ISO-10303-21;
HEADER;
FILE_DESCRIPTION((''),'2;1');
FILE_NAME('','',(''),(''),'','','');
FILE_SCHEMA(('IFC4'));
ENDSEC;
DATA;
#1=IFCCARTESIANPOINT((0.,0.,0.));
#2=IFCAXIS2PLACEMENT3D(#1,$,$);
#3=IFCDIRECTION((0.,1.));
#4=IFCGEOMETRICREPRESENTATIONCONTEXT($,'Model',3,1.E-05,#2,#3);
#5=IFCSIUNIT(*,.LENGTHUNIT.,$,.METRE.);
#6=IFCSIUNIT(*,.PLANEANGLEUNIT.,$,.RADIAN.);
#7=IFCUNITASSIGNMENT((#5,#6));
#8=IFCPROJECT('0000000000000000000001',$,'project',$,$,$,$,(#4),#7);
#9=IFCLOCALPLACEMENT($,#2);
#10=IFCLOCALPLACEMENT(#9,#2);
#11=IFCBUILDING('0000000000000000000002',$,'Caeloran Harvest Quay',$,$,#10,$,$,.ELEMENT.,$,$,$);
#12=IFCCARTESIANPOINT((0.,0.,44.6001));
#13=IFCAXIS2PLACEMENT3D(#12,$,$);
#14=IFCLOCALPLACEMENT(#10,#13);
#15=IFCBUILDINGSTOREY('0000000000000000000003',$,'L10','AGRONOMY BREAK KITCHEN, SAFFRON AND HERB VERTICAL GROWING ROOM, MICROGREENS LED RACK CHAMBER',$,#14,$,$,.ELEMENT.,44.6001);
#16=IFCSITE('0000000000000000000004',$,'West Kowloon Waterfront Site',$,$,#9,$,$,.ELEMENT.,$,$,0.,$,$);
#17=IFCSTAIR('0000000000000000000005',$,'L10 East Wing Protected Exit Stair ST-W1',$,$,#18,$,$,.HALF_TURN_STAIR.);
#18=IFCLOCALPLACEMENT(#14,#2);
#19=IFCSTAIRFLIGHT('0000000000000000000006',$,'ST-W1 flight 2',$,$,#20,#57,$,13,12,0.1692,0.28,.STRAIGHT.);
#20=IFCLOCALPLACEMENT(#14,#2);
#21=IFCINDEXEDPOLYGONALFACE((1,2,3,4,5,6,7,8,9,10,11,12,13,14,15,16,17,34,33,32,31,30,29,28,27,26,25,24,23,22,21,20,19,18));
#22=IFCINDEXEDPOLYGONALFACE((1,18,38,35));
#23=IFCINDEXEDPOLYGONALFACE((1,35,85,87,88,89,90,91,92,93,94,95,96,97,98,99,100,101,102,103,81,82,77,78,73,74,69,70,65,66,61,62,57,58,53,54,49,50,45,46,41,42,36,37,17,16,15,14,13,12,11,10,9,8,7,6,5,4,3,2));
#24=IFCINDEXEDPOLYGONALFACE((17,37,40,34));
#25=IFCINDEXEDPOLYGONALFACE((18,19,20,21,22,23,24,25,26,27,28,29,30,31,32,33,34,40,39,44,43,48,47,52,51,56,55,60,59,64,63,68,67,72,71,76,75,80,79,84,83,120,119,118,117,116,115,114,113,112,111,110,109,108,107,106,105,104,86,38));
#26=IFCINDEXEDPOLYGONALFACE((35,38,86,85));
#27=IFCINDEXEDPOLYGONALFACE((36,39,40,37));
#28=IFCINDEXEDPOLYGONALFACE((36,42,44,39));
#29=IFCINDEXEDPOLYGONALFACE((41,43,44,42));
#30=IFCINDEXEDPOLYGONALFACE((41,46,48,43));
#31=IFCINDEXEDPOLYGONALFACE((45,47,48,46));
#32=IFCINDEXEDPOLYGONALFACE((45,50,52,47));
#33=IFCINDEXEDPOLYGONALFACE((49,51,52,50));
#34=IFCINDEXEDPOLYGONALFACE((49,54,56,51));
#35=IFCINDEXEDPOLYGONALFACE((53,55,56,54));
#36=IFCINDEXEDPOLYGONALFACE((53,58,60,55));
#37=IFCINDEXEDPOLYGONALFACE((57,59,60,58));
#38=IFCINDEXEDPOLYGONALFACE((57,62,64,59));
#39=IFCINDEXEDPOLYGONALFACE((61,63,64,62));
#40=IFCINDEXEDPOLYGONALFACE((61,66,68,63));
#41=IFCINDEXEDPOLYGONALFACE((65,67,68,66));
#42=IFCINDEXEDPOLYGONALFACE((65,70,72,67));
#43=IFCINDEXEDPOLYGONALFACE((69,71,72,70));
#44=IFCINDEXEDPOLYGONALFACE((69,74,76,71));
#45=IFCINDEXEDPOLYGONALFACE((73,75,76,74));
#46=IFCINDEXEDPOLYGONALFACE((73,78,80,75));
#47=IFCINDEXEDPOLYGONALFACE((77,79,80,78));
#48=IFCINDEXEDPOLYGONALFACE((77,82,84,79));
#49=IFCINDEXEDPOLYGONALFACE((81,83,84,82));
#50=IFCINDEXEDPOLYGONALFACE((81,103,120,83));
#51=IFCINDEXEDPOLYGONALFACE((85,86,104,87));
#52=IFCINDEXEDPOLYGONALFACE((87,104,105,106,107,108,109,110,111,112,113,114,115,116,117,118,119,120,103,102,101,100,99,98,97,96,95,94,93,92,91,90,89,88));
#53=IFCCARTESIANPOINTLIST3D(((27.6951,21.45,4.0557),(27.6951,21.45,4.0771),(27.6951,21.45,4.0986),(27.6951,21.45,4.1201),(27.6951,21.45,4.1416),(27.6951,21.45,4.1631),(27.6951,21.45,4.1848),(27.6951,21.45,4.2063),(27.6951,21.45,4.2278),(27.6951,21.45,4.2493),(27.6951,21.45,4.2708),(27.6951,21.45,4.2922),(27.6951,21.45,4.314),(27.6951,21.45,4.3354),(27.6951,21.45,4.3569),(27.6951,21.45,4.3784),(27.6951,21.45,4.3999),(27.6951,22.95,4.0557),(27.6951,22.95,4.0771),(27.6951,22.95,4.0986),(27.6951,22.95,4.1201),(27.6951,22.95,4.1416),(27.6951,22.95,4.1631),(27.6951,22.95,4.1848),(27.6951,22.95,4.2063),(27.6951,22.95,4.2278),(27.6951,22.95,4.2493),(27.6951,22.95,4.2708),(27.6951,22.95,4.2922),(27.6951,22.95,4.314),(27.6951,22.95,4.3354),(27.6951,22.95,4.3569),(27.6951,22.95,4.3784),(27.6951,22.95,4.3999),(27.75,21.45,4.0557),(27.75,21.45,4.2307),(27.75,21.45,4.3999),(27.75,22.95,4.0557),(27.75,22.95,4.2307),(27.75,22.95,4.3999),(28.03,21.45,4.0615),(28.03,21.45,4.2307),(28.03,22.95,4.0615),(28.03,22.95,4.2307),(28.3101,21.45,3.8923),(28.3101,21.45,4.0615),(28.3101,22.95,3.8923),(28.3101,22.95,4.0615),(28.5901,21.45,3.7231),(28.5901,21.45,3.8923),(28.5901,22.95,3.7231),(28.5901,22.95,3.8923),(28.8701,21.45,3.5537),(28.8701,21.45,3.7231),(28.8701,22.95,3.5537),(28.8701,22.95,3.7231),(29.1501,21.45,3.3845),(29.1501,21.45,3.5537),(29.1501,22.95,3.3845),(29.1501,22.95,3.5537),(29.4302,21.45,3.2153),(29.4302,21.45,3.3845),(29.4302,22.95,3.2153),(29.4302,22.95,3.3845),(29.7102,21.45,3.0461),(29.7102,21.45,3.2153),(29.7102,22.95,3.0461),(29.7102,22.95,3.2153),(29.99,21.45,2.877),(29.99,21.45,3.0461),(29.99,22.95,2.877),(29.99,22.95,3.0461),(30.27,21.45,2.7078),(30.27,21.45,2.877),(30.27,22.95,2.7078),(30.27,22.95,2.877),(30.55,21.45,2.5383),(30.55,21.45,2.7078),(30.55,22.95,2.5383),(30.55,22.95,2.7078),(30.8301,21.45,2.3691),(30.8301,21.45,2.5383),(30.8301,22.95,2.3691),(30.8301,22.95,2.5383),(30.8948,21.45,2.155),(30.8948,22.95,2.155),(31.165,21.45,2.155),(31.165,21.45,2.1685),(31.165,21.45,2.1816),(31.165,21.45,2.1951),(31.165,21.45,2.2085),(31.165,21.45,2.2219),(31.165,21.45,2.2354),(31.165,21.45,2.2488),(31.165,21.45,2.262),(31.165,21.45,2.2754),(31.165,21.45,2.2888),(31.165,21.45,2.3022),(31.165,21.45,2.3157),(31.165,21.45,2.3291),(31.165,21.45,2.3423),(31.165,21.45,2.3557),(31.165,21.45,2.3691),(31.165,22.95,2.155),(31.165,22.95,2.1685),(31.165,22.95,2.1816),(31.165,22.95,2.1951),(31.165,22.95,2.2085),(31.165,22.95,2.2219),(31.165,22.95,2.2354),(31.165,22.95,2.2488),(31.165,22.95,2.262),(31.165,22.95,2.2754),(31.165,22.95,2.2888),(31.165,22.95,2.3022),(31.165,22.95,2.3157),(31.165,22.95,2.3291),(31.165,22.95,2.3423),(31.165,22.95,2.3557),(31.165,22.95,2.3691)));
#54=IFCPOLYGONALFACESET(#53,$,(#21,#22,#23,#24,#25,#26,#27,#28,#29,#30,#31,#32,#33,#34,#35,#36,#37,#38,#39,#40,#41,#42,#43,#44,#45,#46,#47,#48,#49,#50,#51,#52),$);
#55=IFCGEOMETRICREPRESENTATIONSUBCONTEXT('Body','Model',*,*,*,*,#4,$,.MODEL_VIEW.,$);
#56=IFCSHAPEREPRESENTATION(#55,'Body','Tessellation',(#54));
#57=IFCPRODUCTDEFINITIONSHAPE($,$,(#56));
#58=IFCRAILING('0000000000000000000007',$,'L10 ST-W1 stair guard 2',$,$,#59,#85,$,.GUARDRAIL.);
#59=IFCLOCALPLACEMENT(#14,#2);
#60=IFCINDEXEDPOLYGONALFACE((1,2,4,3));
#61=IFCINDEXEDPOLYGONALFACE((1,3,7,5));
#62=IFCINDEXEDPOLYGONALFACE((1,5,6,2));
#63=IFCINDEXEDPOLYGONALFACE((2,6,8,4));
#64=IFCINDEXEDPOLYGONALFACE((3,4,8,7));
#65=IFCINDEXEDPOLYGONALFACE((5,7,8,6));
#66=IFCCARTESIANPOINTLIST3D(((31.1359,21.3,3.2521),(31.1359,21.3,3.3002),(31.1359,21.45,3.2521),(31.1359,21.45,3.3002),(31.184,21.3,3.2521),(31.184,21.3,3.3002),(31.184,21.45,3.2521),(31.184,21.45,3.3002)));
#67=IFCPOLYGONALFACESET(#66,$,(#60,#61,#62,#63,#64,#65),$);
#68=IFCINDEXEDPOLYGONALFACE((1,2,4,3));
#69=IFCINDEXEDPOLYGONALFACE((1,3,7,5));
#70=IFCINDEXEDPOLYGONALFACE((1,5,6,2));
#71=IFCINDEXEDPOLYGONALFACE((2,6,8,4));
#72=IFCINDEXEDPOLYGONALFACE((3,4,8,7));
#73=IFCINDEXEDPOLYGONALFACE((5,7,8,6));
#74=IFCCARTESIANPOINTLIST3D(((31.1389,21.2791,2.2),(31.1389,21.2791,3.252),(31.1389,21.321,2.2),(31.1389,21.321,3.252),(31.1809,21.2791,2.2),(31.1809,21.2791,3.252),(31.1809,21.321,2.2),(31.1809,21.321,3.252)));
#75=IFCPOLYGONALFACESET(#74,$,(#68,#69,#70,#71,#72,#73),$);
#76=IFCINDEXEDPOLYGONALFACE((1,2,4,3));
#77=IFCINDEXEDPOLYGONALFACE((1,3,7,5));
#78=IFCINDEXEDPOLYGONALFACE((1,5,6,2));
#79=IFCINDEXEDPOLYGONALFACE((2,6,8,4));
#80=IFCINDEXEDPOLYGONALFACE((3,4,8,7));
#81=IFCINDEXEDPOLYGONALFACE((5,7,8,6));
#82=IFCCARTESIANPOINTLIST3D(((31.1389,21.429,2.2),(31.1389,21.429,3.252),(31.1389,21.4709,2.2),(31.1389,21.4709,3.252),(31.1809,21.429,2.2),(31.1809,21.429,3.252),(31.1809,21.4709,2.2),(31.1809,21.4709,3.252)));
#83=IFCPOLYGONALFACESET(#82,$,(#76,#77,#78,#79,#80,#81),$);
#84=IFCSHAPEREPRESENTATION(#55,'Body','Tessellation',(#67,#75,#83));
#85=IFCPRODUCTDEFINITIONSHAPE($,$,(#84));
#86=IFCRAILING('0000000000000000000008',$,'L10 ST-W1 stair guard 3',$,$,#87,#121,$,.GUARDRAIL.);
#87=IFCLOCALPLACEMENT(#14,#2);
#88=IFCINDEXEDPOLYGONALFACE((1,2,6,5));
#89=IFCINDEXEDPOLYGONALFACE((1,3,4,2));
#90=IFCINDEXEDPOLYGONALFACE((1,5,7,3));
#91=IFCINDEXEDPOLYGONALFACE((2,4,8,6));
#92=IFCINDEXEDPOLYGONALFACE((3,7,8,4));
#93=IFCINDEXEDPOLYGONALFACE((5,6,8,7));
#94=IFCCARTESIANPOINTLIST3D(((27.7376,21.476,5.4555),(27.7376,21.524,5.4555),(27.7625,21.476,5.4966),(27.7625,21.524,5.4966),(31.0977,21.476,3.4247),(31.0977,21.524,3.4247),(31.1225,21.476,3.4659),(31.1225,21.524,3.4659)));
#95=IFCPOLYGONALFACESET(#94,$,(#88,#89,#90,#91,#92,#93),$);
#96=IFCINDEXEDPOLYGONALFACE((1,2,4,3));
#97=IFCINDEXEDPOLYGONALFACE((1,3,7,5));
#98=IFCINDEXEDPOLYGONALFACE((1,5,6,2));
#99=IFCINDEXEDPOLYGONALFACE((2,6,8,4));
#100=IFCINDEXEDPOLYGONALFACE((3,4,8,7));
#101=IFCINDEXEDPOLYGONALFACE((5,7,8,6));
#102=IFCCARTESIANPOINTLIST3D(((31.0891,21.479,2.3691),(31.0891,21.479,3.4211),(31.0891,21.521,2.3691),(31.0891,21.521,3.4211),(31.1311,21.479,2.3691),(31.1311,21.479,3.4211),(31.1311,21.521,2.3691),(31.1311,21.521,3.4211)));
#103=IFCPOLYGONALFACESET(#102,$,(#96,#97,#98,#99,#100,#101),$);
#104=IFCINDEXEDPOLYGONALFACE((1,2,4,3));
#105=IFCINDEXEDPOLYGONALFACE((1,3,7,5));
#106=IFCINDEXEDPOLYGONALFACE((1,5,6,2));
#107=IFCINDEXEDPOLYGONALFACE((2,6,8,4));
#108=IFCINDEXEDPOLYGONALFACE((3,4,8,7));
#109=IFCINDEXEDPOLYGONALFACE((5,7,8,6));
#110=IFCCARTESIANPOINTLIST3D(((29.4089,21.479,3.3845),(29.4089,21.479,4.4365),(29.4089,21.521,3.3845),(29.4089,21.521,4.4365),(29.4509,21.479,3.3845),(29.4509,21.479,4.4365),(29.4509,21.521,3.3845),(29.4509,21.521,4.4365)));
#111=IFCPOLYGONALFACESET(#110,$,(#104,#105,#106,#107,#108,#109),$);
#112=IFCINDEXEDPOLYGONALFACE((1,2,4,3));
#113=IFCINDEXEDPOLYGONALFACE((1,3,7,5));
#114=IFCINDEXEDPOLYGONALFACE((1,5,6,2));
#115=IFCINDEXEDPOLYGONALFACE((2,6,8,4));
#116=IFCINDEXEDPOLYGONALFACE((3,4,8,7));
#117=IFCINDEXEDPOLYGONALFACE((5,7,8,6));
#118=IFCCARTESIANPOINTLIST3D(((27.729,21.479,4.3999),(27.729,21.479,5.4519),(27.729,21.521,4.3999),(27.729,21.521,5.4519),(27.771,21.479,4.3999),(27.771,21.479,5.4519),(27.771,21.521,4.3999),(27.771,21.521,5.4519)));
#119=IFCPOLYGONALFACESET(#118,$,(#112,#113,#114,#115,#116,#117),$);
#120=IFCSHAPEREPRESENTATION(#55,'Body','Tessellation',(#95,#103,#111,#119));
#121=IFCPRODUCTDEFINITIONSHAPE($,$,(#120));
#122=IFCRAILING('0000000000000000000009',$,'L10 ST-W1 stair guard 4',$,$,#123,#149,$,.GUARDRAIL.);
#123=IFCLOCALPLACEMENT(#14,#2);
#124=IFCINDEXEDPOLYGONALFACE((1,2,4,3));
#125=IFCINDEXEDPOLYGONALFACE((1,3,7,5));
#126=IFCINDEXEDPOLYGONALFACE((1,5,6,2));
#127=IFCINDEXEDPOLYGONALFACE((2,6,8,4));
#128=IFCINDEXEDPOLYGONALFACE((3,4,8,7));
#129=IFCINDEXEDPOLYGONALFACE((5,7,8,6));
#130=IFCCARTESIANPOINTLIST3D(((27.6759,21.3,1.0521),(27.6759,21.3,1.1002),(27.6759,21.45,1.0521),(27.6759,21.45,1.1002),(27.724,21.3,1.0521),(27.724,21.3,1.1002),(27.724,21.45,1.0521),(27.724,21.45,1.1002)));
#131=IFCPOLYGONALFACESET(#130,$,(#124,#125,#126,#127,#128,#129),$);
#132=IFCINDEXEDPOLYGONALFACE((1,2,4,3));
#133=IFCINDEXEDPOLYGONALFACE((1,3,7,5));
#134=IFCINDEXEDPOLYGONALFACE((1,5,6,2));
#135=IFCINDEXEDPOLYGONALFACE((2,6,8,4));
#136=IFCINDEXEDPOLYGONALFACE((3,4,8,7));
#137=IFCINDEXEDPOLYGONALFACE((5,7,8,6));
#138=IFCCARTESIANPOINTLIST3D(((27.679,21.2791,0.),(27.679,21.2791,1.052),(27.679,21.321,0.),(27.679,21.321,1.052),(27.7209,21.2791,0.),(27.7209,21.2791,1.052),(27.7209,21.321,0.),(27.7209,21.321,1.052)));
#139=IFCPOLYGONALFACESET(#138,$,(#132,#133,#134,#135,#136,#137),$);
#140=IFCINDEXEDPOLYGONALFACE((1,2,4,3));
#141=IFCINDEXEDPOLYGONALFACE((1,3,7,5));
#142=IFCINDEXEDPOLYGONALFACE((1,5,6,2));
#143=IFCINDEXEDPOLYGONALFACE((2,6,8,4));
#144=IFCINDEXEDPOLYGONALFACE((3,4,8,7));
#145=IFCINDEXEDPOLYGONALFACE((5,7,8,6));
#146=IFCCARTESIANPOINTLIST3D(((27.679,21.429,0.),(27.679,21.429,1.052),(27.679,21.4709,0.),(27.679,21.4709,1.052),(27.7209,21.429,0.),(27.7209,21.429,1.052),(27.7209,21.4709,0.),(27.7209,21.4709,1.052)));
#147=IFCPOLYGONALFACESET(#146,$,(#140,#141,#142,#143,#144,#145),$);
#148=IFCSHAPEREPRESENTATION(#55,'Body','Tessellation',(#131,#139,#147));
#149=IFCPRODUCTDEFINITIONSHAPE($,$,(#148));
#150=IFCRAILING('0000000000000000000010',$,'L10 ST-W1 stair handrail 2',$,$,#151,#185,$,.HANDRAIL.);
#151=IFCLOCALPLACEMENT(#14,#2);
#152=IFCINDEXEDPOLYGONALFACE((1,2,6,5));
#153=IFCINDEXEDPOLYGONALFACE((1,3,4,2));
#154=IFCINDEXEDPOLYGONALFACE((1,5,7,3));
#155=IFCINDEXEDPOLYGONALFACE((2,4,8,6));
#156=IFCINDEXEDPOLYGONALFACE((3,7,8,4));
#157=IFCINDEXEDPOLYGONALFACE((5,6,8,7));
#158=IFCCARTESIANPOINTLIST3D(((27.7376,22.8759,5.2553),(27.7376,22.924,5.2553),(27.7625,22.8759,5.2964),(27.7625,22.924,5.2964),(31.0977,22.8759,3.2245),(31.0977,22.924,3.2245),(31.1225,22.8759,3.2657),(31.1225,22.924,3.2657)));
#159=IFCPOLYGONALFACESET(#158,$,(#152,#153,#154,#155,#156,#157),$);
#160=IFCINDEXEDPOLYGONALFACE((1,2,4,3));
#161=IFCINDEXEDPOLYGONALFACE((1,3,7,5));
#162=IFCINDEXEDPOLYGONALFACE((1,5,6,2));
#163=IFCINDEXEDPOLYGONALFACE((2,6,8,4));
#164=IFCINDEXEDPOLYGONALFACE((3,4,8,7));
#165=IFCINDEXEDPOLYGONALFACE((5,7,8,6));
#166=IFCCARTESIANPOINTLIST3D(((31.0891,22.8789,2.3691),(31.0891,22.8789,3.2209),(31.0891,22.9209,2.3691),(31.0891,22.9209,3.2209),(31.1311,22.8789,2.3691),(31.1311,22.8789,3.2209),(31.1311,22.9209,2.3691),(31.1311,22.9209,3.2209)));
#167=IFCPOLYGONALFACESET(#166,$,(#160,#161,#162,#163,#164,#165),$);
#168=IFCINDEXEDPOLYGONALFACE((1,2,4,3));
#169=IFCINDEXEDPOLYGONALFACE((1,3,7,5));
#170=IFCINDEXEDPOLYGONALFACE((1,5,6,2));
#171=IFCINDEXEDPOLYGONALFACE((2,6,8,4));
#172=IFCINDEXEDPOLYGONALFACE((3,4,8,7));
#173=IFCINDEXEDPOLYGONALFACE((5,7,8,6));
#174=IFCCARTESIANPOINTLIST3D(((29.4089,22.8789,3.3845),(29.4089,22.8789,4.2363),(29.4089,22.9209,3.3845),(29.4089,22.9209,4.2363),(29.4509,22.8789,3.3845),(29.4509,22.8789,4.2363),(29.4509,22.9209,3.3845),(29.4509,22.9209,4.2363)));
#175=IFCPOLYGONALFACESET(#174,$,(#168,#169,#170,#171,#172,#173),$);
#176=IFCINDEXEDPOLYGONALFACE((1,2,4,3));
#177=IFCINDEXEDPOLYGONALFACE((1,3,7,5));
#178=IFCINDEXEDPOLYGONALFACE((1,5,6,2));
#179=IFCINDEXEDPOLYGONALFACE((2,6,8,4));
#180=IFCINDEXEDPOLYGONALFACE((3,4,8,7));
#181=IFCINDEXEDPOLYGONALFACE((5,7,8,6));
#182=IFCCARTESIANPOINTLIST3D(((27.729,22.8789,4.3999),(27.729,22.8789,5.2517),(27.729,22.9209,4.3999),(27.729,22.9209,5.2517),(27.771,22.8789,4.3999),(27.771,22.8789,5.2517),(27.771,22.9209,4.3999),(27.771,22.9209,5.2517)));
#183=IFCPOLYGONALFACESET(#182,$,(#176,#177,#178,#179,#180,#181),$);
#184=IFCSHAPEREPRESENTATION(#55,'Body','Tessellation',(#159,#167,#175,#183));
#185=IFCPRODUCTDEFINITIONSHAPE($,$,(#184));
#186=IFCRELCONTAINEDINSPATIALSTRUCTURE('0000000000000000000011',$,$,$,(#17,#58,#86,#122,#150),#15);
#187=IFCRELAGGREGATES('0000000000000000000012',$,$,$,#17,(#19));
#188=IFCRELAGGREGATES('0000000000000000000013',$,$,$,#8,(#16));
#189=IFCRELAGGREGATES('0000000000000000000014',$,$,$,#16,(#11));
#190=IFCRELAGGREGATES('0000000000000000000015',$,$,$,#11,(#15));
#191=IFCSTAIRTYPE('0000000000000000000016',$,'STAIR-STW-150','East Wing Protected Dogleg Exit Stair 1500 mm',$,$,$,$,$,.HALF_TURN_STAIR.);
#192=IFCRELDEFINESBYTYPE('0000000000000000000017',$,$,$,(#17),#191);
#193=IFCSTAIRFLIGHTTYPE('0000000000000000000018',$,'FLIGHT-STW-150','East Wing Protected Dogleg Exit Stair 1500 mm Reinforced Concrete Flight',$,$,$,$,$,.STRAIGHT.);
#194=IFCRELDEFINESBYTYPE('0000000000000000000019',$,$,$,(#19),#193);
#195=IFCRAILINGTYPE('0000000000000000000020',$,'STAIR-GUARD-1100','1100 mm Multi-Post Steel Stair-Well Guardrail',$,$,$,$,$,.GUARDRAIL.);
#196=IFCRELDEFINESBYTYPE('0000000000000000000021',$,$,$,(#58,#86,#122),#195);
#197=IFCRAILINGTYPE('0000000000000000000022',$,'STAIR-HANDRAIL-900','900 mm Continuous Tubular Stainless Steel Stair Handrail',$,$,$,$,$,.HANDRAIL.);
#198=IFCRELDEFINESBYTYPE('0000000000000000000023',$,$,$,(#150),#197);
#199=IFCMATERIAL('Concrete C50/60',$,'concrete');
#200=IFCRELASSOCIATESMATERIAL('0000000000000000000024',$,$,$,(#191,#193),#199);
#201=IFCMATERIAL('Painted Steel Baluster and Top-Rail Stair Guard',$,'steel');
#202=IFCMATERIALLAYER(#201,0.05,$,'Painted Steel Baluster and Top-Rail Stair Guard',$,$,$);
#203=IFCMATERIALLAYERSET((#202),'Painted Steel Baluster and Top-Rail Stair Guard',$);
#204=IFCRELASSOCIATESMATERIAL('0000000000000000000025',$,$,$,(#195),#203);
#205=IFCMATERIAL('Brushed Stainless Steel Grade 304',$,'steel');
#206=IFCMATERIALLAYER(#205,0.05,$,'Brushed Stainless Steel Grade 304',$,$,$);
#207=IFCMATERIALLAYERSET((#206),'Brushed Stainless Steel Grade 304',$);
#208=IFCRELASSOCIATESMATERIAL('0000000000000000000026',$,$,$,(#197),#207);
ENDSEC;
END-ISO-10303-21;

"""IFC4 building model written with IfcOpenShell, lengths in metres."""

from ifc_helpers import new_model, si_unit, direction, frame, origin, origin_2d, place, context, subcontext, project, spatial, polyline, rectangle, outline, extrude, material, layer, layer_set, type_object, element, aggregate, save


model = new_model("IFC4")

# Units and contexts
model_context = context("Model", 3, precision=1e-05, world=origin(), true_north=direction((0.0, 1.0)))
body_context = subcontext(model_context, "Body", "Model", "MODEL_VIEW")
ifc_project = project(units=[si_unit("LENGTHUNIT", "METRE"), si_unit("PLANEANGLEUNIT", "RADIAN")], contexts=[model_context])

# Site, building, storey
site_placement = place(None, origin())
site = spatial("IfcSite", under=ifc_project, at=site_placement, Name="West Kowloon Waterfront Site", CompositionType="ELEMENT", RefElevation=0.0)
building_placement = place(site_placement, origin())
building = spatial("IfcBuilding", under=site, at=building_placement, Name="Caeloran Harvest Quay", CompositionType="ELEMENT")
storey_placement = place(building_placement, frame((0.0, 0.0, 44.6001)))
storey = spatial("IfcBuildingStorey", under=building, at=storey_placement, Name="L10", Description="AGRONOMY BREAK KITCHEN, SAFFRON AND HERB VERTICAL GROWING ROOM, MICROGREENS LED RACK CHAMBER", CompositionType="ELEMENT", Elevation=44.6001)

# Stair, stair flight
ifc_material_1 = material(Name="Concrete C50/60", Category="concrete")
stair_type = type_object("IfcStairType", Name="STAIR-STW-150", Description="East Wing Protected Dogleg Exit Stair 1500 mm", PredefinedType="HALF_TURN_STAIR", material=ifc_material_1)
stair_placement = place(storey_placement, origin())
stair = element("IfcStair", 1, at=stair_placement, inside=storey, type_object=stair_type, Name="L10 East Wing Protected Exit Stair ST-W1", PredefinedType="HALF_TURN_STAIR")
stair_flight_type = type_object("IfcStairFlightType", Name="FLIGHT-STW-150", Description="East Wing Protected Dogleg Exit Stair 1500 mm Reinforced Concrete Flight", PredefinedType="STRAIGHT", material=ifc_material_1)
stair_flight_placement = place(storey_placement, frame((31.1101, 22.2, 2.2), z_axis=(0.0, 0.0, 1.0), x_axis=(-1.0, 0.0, 0.0)))
stair_flight = element("IfcStairFlight", 2, at=stair_flight_placement, type_object=stair_flight_type, Name="ST-W1 flight 2", NumberOfRisers=13, NumberOfTreads=12, PredefinedType="STRAIGHT", RiserHeight=0.1692, TreadLength=0.28, context=body_context, shape_type="SweptSolid", body=[
    extrude(outline(polyline([(-0.0549, -0.0449), (-0.0549, -0.0315), (-0.0549, -0.0183), (-0.0549, -0.0049), (-0.0549, 0.0085), (-0.0549, 0.022), (-0.0549, 0.0354), (-0.0549, 0.0488), (-0.0549, 0.062), (-0.0549, 0.0754), (-0.0549, 0.0889), (-0.0549, 0.1023), (-0.0549, 0.1157), (-0.0549, 0.1292), (-0.0549, 0.1423), (-0.0549, 0.1558), (-0.0549, 0.1692), (0.28, 0.1692), (0.28, 0.3384), (0.5601, 0.3384), (0.5601, 0.5078), (0.8401, 0.5078), (0.8401, 0.677), (1.1201, 0.677), (1.1201, 0.8462), (1.3999, 0.8462), (1.3999, 1.0154), (1.6799, 1.0154), (1.6799, 1.1846), (1.96, 1.1846), (1.96, 1.3538), (2.24, 1.3538), (2.24, 1.5232), (2.52, 1.5232), (2.52, 1.6924), (2.8, 1.6924), (2.8, 1.8616), (3.0801, 1.8616), (3.0801, 2.0308), (3.3601, 2.0308), (3.3601, 2.2), (3.415, 2.2), (3.415, 2.1785), (3.415, 2.157), (3.415, 2.1355), (3.415, 2.114), (3.415, 2.0923), (3.415, 2.0708), (3.415, 2.0493), (3.415, 2.0278), (3.415, 2.0063), (3.415, 1.9849), (3.415, 1.9631), (3.415, 1.9417), (3.415, 1.9202), (3.415, 1.8987), (3.415, 1.8772), (3.415, 1.8557), (3.3601, 1.8557), (0.2153, -0.0449), (-0.0549, -0.0449)])), frame((0.0, 0.75, 0.0), z_axis=(0.0, -1.0, 0.0), x_axis=(1.0, 0.0, 0.0)), (0.0, 0.0, 1.0), 1.5),
])
aggregate(stair, [stair_flight])

# Railings
ifc_material_2 = material(Name="Painted Steel Baluster and Top-Rail Stair Guard", Category="steel")
ifc_layer_1 = layer(ifc_material_2, 0.05, Name="Painted Steel Baluster and Top-Rail Stair Guard")
ifc_layer_set_1 = layer_set([ifc_layer_1], Name="Painted Steel Baluster and Top-Rail Stair Guard")
railing_type_1 = type_object("IfcRailingType", Name="STAIR-GUARD-1100", Description="1100 mm Multi-Post Steel Stair-Well Guardrail", PredefinedType="GUARDRAIL", material=ifc_layer_set_1)
railing_1_placement = place(storey_placement, frame((31.1599, 21.3, 2.2)))
element("IfcRailing", 3, at=railing_1_placement, inside=storey, type_object=railing_type_1, Name="L10 ST-W1 stair guard 2", PredefinedType="GUARDRAIL", context=body_context, shape_type="SweptSolid", body=[
    extrude(rectangle(XDim=0.0481, YDim=0.0481, at=origin_2d()), frame((0.0, 0.0, 1.0762), z_axis=(0.0, 1.0, 0.0), x_axis=(-1.0, 0.0, 0.0)), (0.0, 0.0, 1.0), 0.1499),
    extrude(rectangle(XDim=0.042, YDim=0.042, at=origin_2d()), origin(), (0.0, 0.0, 1.0), 1.052),
    extrude(rectangle(XDim=0.042, YDim=0.042, at=origin_2d()), frame((0.0, 0.1499, 0.0)), (0.0, 0.0, 1.0), 1.052),
])
railing_2_placement = place(storey_placement, frame((31.1101, 21.5, 2.3691)))
element("IfcRailing", 4, at=railing_2_placement, inside=storey, type_object=railing_type_1, Name="L10 ST-W1 stair guard 3", PredefinedType="GUARDRAIL", context=body_context, shape_type="SweptSolid", body=[
    extrude(rectangle(XDim=0.0481, YDim=0.0481, at=origin_2d()), frame((0.0, 0.0, 1.0762), z_axis=(-0.855837, 0.0, 0.517246), x_axis=(0.0, -1.0, 0.0)), (0.0, 0.0, 1.0), 3.926),
    extrude(rectangle(XDim=0.042, YDim=0.042, at=origin_2d()), origin(), (0.0, 0.0, 1.0), 1.052),
    extrude(rectangle(XDim=0.042, YDim=0.042, at=origin_2d()), frame((-1.6802, 0.0, 1.0154)), (0.0, 0.0, 1.0), 1.052),
    extrude(rectangle(XDim=0.042, YDim=0.042, at=origin_2d()), frame((-3.3601, 0.0, 2.0308)), (0.0, 0.0, 1.0), 1.052),
])
railing_3_placement = place(storey_placement, frame((27.7, 21.3, 0.0)))
element("IfcRailing", 5, at=railing_3_placement, inside=storey, type_object=railing_type_1, Name="L10 ST-W1 stair guard 4", PredefinedType="GUARDRAIL", context=body_context, shape_type="SweptSolid", body=[
    extrude(rectangle(XDim=0.0481, YDim=0.0481, at=origin_2d()), frame((0.0, 0.0, 1.0762), z_axis=(0.0, 1.0, 0.0), x_axis=(-1.0, 0.0, 0.0)), (0.0, 0.0, 1.0), 0.1499),
    extrude(rectangle(XDim=0.042, YDim=0.042, at=origin_2d()), origin(), (0.0, 0.0, 1.0), 1.052),
    extrude(rectangle(XDim=0.042, YDim=0.042, at=origin_2d()), frame((0.0, 0.1499, 0.0)), (0.0, 0.0, 1.0), 1.052),
])
ifc_material_3 = material(Name="Brushed Stainless Steel Grade 304", Category="steel")
ifc_layer_2 = layer(ifc_material_3, 0.05, Name="Brushed Stainless Steel Grade 304")
ifc_layer_set_2 = layer_set([ifc_layer_2], Name="Brushed Stainless Steel Grade 304")
railing_type_2 = type_object("IfcRailingType", Name="STAIR-HANDRAIL-900", Description="900 mm Continuous Tubular Stainless Steel Stair Handrail", PredefinedType="HANDRAIL", material=ifc_layer_set_2)
railing_4_placement = place(storey_placement, frame((31.1101, 22.8999, 2.3691)))
element("IfcRailing", 6, at=railing_4_placement, inside=storey, type_object=railing_type_2, Name="L10 ST-W1 stair handrail 2", PredefinedType="HANDRAIL", context=body_context, shape_type="SweptSolid", body=[
    extrude(rectangle(XDim=0.0481, YDim=0.0481, at=origin_2d()), frame((0.0, 0.0, 0.876), z_axis=(-0.855837, 0.0, 0.517246), x_axis=(0.0, -1.0, 0.0)), (0.0, 0.0, 1.0), 3.926),
    extrude(rectangle(XDim=0.042, YDim=0.042, at=origin_2d()), origin(), (0.0, 0.0, 1.0), 0.8518),
    extrude(rectangle(XDim=0.042, YDim=0.042, at=origin_2d()), frame((-1.6802, 0.0, 1.0154)), (0.0, 0.0, 1.0), 0.8518),
    extrude(rectangle(XDim=0.042, YDim=0.042, at=origin_2d()), frame((-3.3601, 0.0, 2.0308)), (0.0, 0.0, 1.0), 0.8518),
])

save(model, "model.ifc")
